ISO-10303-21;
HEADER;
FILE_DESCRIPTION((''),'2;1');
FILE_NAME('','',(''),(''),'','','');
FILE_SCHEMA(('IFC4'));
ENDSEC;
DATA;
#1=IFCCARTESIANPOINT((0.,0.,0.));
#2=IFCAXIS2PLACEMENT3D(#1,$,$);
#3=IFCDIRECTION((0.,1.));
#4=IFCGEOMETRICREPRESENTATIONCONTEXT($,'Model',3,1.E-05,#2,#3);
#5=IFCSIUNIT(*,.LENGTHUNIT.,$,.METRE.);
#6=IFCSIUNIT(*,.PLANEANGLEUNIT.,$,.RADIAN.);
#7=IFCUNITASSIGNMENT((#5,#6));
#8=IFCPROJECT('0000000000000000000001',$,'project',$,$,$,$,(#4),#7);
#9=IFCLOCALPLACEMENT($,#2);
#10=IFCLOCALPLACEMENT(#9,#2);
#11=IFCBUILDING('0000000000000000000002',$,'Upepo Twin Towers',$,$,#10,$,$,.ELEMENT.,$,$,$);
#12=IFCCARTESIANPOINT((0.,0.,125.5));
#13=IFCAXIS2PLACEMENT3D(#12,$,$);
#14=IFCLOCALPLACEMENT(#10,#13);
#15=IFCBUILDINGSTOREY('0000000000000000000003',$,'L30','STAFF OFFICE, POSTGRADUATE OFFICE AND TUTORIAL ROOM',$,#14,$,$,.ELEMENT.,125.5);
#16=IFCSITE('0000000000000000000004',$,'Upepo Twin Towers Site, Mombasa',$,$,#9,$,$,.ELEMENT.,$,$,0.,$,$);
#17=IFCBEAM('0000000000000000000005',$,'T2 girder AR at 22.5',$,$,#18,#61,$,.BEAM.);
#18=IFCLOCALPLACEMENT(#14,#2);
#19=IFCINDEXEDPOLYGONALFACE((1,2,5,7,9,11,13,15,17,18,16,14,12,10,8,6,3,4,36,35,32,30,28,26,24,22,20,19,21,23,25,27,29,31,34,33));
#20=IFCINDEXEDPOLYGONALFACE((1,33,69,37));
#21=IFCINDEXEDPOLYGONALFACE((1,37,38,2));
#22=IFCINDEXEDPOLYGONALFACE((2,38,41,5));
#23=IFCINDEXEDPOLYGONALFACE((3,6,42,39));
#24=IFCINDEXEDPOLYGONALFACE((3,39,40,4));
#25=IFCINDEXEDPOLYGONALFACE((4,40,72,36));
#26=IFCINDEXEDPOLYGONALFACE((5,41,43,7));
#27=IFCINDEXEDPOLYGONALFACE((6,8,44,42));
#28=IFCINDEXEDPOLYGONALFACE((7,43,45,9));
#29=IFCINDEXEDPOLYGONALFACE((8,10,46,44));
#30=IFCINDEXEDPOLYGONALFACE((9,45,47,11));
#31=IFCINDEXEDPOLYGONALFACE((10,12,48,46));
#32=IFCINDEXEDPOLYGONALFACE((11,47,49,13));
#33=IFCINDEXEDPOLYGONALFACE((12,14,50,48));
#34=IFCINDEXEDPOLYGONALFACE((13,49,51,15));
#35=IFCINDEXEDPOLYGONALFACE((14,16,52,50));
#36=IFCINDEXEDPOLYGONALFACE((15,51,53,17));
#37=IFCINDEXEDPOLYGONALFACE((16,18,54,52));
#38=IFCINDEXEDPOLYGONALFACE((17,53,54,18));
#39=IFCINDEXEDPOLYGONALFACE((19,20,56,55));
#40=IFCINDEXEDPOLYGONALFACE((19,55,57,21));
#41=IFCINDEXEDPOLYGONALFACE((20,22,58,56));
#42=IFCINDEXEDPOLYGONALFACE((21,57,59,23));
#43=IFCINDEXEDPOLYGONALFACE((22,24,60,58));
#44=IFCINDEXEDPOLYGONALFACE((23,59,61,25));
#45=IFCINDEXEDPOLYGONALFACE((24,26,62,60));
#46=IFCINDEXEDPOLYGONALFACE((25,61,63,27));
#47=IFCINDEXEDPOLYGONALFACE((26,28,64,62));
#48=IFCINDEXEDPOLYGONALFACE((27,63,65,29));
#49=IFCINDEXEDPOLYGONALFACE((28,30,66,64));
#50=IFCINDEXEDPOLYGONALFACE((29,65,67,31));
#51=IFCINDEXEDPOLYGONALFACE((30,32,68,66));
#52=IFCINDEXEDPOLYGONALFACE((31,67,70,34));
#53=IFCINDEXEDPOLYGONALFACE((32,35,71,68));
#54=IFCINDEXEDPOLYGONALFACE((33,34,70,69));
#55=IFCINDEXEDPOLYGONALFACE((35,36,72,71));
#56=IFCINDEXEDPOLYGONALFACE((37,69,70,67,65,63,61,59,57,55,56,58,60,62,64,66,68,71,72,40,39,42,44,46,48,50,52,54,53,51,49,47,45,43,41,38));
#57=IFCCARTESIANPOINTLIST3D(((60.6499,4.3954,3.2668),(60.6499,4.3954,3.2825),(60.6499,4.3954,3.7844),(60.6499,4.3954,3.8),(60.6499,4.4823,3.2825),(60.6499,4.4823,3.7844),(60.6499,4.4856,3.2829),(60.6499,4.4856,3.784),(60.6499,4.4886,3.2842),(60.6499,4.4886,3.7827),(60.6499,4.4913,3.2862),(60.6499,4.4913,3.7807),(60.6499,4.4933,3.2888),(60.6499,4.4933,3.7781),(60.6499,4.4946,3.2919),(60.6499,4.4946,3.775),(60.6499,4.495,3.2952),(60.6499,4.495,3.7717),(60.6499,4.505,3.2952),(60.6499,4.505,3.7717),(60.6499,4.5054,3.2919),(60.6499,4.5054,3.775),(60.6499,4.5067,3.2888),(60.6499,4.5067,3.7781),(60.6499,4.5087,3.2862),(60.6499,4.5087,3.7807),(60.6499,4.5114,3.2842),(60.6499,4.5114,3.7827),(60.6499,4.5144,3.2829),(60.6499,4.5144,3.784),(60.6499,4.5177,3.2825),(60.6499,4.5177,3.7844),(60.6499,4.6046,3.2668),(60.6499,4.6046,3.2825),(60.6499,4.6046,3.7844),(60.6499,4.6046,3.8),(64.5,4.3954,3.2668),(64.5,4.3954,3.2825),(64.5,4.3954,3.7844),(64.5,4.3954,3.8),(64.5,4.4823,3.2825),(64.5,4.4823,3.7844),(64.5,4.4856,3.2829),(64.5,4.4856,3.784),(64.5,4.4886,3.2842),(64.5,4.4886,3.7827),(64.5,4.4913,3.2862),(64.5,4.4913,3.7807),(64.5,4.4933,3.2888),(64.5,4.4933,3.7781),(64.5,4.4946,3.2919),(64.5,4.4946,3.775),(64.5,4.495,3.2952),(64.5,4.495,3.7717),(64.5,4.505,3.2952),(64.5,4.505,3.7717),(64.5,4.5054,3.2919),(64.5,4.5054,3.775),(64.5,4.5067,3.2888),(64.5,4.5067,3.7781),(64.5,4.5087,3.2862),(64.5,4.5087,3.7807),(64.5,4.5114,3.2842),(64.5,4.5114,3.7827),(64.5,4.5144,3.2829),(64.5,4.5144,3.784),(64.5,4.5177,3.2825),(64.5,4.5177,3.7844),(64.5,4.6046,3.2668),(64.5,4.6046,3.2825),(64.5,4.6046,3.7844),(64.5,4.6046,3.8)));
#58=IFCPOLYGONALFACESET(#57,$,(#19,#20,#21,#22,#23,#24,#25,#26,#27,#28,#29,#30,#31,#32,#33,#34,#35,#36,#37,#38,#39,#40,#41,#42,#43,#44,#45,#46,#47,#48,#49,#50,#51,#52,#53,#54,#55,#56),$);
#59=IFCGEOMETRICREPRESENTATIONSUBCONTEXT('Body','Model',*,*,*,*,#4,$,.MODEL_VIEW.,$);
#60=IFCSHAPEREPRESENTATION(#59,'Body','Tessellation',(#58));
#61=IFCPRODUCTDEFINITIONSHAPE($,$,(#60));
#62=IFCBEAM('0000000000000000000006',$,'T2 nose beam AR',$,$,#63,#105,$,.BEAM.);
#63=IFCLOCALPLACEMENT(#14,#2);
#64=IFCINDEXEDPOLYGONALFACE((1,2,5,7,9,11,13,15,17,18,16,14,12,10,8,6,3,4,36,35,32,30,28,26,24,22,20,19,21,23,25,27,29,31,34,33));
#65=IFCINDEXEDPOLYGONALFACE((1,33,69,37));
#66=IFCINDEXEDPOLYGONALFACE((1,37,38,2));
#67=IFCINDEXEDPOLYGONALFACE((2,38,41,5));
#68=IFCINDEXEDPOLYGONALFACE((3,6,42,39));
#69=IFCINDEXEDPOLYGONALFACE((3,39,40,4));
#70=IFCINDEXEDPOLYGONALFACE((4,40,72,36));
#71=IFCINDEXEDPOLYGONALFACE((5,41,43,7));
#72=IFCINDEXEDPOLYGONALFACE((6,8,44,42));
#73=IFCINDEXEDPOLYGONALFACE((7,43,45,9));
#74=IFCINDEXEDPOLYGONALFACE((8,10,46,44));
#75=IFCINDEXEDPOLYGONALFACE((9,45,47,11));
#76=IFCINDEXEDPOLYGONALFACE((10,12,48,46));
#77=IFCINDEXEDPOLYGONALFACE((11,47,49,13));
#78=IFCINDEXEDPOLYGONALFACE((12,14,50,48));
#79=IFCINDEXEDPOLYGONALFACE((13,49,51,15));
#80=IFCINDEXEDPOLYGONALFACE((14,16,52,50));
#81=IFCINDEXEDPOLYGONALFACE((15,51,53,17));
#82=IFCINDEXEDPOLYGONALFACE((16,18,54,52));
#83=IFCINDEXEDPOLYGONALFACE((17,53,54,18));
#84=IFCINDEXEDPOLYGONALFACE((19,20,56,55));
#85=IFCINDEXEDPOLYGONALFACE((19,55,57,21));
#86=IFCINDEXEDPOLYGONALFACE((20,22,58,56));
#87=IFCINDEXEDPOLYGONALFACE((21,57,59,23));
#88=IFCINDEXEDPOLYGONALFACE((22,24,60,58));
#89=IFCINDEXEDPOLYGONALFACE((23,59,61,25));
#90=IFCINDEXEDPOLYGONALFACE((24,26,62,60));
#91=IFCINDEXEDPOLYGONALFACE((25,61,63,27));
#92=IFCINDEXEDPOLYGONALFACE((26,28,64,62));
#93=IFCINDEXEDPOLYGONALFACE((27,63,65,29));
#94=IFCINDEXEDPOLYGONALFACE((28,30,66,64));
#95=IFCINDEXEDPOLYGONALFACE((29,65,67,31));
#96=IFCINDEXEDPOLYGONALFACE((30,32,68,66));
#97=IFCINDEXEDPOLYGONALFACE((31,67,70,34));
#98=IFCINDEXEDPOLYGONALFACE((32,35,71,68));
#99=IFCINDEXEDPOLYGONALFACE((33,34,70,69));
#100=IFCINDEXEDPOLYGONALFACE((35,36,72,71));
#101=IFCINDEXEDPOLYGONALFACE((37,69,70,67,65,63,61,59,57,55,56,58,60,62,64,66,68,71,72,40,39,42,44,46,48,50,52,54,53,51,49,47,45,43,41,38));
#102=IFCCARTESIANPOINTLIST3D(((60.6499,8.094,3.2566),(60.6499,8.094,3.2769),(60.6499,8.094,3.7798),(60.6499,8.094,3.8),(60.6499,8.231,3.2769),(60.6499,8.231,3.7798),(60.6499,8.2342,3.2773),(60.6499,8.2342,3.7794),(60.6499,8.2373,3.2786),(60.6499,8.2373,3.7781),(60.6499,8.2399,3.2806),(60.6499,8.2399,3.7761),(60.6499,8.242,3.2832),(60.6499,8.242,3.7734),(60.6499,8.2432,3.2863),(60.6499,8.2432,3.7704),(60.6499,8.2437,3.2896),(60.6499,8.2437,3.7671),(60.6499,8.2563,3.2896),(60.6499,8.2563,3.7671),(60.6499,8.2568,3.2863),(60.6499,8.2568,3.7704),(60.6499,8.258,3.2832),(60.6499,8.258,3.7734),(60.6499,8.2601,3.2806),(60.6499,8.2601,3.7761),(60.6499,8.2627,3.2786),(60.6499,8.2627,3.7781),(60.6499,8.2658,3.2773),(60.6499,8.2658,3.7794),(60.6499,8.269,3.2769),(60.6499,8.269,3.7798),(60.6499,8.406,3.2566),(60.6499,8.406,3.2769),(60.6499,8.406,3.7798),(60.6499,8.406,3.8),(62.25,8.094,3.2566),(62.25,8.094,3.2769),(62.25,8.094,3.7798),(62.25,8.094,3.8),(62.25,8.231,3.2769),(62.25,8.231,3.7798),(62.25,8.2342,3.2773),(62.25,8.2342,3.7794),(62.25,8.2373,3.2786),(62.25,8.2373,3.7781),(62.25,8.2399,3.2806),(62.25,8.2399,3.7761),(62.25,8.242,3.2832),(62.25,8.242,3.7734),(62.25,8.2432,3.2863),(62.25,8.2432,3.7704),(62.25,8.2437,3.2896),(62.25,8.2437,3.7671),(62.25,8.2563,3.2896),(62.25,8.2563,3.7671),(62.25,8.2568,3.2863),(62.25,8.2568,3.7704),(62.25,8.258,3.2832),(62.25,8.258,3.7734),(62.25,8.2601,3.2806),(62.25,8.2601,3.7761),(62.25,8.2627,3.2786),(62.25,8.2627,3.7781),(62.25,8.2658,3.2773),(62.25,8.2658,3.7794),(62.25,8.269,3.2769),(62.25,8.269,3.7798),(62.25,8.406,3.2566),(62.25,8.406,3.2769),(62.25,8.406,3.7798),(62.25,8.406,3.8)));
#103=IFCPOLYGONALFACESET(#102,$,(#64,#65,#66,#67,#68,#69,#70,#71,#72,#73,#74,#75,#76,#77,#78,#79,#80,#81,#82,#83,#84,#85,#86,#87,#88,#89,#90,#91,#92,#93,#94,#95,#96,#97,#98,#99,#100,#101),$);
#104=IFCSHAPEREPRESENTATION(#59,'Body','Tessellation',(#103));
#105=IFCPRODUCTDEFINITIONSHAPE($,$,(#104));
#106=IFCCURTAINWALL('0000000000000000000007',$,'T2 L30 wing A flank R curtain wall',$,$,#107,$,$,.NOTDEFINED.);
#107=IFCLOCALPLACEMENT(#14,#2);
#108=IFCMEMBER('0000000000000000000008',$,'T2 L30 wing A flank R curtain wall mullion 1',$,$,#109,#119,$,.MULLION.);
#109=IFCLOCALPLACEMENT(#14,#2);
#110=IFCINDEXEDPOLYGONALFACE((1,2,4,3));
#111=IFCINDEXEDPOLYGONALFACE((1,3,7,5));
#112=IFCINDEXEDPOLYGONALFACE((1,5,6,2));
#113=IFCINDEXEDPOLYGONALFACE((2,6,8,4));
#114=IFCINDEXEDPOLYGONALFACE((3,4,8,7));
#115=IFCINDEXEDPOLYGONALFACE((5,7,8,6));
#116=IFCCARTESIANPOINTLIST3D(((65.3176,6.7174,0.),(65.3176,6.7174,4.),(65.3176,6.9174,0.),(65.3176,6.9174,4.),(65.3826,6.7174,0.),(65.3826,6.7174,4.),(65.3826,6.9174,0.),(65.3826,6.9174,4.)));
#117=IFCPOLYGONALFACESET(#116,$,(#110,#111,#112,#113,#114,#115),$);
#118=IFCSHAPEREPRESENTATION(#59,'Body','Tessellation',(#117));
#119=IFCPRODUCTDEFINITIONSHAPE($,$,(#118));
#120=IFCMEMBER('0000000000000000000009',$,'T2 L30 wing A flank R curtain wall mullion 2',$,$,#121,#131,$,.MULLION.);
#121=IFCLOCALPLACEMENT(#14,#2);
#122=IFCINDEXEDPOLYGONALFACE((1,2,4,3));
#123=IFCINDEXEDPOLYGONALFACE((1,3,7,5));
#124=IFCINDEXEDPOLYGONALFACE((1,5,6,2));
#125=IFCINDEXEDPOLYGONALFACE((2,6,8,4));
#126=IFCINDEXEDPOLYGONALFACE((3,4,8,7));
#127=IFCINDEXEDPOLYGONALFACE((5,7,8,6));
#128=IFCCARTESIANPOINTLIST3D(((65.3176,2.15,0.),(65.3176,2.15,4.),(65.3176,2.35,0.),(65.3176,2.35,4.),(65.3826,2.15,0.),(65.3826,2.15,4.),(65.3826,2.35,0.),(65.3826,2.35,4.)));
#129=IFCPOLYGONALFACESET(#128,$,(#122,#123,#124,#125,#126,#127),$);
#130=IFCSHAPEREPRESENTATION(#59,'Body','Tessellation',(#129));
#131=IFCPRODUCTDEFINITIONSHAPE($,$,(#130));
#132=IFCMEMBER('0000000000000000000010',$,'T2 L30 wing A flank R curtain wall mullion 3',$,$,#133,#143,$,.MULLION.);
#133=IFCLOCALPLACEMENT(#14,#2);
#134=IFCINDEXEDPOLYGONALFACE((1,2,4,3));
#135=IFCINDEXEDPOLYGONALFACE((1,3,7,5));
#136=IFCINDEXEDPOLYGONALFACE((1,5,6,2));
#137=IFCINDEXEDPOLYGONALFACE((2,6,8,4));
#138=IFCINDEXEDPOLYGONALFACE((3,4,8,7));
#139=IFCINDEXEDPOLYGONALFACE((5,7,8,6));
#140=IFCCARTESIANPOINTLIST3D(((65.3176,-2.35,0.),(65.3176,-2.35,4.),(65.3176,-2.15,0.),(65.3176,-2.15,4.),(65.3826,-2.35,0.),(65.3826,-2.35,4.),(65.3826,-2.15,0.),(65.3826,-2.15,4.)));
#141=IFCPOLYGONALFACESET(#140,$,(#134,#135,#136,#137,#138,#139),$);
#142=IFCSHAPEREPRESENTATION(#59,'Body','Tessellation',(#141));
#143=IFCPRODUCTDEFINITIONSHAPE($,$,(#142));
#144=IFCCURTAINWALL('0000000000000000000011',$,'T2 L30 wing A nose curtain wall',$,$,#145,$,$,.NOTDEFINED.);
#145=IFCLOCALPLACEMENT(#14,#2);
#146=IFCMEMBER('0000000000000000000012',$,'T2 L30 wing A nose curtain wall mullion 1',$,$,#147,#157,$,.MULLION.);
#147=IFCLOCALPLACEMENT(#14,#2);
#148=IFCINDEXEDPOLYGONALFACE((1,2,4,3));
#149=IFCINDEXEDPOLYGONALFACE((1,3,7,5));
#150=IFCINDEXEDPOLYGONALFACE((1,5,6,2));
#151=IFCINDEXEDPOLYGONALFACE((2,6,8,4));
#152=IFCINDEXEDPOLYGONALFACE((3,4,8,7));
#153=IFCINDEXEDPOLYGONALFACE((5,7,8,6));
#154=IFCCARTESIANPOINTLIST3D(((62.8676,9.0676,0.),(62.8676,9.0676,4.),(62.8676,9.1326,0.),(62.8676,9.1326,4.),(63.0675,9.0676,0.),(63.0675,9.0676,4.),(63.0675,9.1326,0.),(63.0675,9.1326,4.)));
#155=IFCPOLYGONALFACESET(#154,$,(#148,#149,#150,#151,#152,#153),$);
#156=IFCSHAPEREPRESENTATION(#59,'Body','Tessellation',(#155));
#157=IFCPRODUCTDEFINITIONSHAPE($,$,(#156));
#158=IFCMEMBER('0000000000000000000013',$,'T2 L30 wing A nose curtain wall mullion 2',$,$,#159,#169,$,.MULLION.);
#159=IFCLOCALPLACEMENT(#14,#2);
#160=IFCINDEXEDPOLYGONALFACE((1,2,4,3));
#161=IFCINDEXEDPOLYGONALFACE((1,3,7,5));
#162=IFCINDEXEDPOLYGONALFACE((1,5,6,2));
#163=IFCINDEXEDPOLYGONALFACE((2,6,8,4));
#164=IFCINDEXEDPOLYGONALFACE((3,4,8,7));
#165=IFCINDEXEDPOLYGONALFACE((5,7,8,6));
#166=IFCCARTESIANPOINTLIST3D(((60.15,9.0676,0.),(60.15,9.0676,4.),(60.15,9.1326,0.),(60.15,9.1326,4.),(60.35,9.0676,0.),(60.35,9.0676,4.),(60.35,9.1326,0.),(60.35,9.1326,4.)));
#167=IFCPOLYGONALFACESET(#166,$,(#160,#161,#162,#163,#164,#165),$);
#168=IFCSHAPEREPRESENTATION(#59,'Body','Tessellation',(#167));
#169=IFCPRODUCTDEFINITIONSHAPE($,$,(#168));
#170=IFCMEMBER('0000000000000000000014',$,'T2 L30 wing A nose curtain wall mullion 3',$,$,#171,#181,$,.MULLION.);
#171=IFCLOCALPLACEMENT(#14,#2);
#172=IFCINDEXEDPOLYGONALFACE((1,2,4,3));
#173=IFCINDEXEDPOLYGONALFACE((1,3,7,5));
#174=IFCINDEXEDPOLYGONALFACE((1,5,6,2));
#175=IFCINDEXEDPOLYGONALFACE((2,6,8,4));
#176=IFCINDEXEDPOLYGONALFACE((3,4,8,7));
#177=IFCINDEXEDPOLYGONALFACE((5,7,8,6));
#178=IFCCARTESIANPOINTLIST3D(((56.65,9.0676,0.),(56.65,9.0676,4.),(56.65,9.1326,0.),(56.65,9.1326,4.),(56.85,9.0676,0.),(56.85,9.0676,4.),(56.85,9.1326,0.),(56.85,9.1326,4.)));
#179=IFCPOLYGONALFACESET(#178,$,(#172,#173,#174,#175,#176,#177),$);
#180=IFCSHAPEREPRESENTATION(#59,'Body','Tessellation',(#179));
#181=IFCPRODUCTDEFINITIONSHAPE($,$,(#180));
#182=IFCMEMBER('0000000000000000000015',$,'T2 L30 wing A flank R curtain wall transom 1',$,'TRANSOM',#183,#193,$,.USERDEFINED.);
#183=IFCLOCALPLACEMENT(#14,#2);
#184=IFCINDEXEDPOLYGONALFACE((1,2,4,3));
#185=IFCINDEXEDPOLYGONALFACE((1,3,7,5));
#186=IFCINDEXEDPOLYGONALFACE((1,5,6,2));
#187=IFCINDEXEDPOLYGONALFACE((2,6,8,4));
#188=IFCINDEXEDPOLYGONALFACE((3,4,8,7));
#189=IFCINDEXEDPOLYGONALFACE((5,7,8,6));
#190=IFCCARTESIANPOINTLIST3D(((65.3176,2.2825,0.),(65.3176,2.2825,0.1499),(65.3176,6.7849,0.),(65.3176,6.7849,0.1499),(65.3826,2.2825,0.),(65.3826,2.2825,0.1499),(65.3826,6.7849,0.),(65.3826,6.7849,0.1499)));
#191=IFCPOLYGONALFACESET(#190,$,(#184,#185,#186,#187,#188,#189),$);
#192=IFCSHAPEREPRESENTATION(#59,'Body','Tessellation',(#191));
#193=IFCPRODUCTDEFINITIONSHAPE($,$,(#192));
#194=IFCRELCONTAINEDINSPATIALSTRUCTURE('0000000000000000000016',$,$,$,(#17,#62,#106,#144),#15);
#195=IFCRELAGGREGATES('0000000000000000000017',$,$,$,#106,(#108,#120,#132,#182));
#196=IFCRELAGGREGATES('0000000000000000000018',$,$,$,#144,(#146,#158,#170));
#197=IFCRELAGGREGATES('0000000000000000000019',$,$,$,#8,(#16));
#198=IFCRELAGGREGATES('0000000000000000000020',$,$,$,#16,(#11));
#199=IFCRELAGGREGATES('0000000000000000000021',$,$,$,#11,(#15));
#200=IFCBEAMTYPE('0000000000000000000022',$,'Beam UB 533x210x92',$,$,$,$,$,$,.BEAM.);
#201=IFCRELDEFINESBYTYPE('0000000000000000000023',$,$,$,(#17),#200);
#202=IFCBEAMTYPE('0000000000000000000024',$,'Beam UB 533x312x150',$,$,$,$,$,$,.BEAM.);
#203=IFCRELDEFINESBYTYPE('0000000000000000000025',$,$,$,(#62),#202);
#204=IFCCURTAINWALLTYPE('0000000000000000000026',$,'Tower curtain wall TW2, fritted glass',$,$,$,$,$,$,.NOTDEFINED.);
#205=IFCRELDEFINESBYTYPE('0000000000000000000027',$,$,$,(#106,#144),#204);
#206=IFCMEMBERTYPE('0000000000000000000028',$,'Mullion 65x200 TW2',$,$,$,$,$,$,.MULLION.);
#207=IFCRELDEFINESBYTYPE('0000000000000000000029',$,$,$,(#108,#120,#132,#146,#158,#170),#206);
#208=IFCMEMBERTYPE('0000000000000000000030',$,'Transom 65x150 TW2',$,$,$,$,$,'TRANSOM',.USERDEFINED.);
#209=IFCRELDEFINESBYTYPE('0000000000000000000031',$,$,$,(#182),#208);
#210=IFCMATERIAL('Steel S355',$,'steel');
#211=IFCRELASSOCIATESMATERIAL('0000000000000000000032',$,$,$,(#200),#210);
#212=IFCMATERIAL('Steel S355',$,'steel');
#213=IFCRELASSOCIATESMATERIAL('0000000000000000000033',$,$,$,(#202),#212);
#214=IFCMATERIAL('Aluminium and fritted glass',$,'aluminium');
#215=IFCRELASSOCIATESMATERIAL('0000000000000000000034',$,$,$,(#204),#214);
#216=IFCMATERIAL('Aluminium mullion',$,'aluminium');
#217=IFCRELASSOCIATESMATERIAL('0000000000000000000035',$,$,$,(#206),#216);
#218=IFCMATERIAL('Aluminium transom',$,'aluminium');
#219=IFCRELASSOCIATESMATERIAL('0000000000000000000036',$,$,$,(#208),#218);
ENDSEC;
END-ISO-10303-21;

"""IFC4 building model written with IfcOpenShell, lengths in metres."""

from ifc_helpers import new_model, si_unit, direction, frame, origin, origin_2d, place, context, subcontext, project, spatial, rectangle, i_section, extrude, material, material_profile, profile_set, type_object, element, aggregate, save


model = new_model("IFC4")

# Units and contexts
model_context = context("Model", 3, precision=1e-05, world=origin(), true_north=direction((0.0, 1.0)))
body_context = subcontext(model_context, "Body", "Model", "MODEL_VIEW")
ifc_project = project(units=[si_unit("LENGTHUNIT", "METRE"), si_unit("PLANEANGLEUNIT", "RADIAN")], contexts=[model_context])

# Site, building, storey
site_placement = place(None, origin())
site = spatial("IfcSite", under=ifc_project, at=site_placement, Name="Upepo Twin Towers Site, Mombasa", CompositionType="ELEMENT", RefElevation=0.0)
building_placement = place(site_placement, origin())
building = spatial("IfcBuilding", under=site, at=building_placement, Name="Upepo Twin Towers", CompositionType="ELEMENT")
storey_placement = place(building_placement, frame((0.0, 0.0, 125.5)))
storey = spatial("IfcBuildingStorey", under=building, at=storey_placement, Name="L30", Description="STAFF OFFICE, POSTGRADUATE OFFICE AND TUTORIAL ROOM", CompositionType="ELEMENT", Elevation=125.5)

# Beams
ifc_material_1 = material(Name="Steel S355", Category="steel")
ifc_material_profile_1 = material_profile(ifc_material_1, i_section(OverallWidth=0.2092, OverallDepth=0.5332, WebThickness=0.01, FlangeThickness=0.0156, FilletRadius=0.0127, at=origin_2d()), Name="UB 533x210x92")
ifc_profile_set_1 = profile_set([ifc_material_profile_1], Name="Steel S355")
beam_type_1 = type_object("IfcBeamType", Name="Beam UB 533x210x92", PredefinedType="BEAM", material=ifc_profile_set_1)
for number, where, z_axis, x_axis, name in (
    (1, (64.5, 4.5, 3.5334), (-1.0, 0.0, 0.0), (0.0, -1.0, 0.0), "T2 girder AR at 22.5"),
):
    element("IfcBeam", number, at=place(storey_placement, frame(where, z_axis=z_axis, x_axis=x_axis)), inside=storey, type_object=beam_type_1, Name=name, PredefinedType="BEAM", context=body_context, shape_type="SweptSolid", body=[
        extrude(i_section(OverallWidth=0.2092, OverallDepth=0.5332, WebThickness=0.01, FlangeThickness=0.0156, FilletRadius=0.0127, at=origin_2d()), origin(), (0.0, 0.0, 1.0), 3.8501),
    ])
ifc_material_2 = material(Name="Steel S355", Category="steel")
ifc_material_profile_2 = material_profile(ifc_material_2, i_section(OverallWidth=0.312, OverallDepth=0.5435, WebThickness=0.0127, FlangeThickness=0.0203, FilletRadius=0.0127, at=origin_2d()), Name="UB 533x312x150")
ifc_profile_set_2 = profile_set([ifc_material_profile_2], Name="Steel S355")
beam_type_2 = type_object("IfcBeamType", Name="Beam UB 533x312x150", PredefinedType="BEAM", material=ifc_profile_set_2)
beam_1_placement = place(storey_placement, frame((62.25, 8.25, 3.5283), z_axis=(-1.0, 0.0, 0.0), x_axis=(0.0, -1.0, 0.0)))
element("IfcBeam", 2, at=beam_1_placement, inside=storey, type_object=beam_type_2, Name="T2 nose beam AR", PredefinedType="BEAM", context=body_context, shape_type="SweptSolid", body=[
    extrude(i_section(OverallWidth=0.312, OverallDepth=0.5435, WebThickness=0.0127, FlangeThickness=0.0203, FilletRadius=0.0127, at=origin_2d()), origin(), (0.0, 0.0, 1.0), 1.6001),
])

# Curtain walls, members
ifc_material_3 = material(Name="Aluminium and fritted glass", Category="aluminium")
curtain_wall_type = type_object("IfcCurtainWallType", Name="Tower curtain wall TW2, fritted glass", PredefinedType="NOTDEFINED", material=ifc_material_3)
curtain_wall_1_placement = place(storey_placement, origin())
curtain_wall_1 = element("IfcCurtainWall", 3, at=curtain_wall_1_placement, inside=storey, type_object=curtain_wall_type, Name="T2 L30 wing A flank R curtain wall", PredefinedType="NOTDEFINED")
ifc_material_4 = material(Name="Aluminium mullion", Category="aluminium")
ifc_material_profile_3 = material_profile(ifc_material_4, rectangle(XDim=0.0649, YDim=0.2, at=origin_2d()), Name="MULLION 65x200")
ifc_profile_set_3 = profile_set([ifc_material_profile_3], Name="Aluminium mullion")
member_type_1 = type_object("IfcMemberType", Name="Mullion 65x200 TW2", PredefinedType="MULLION", material=ifc_profile_set_3)
member_1_placement = place(storey_placement, frame((65.3501, 6.8174, 0.0), z_axis=(0.0, 0.0, 1.0), x_axis=(1.0, 0.0, 0.0)))
member_1 = element("IfcMember", 4, at=member_1_placement, type_object=member_type_1, Name="T2 L30 wing A flank R curtain wall mullion 1", PredefinedType="MULLION", context=body_context, shape_type="SweptSolid", body=[
    extrude(rectangle(XDim=0.0649, YDim=0.2, at=origin_2d()), origin(), (0.0, 0.0, 1.0), 4.0),
])
member_2_placement = place(storey_placement, frame((65.3501, 2.25, 0.0), z_axis=(0.0, 0.0, 1.0), x_axis=(1.0, 0.0, 0.0)))
member_2 = element("IfcMember", 5, at=member_2_placement, type_object=member_type_1, Name="T2 L30 wing A flank R curtain wall mullion 2", PredefinedType="MULLION", context=body_context, shape_type="SweptSolid", body=[
    extrude(rectangle(XDim=0.0649, YDim=0.2, at=origin_2d()), origin(), (0.0, 0.0, 1.0), 4.0),
])
member_3_placement = place(storey_placement, frame((65.3501, -2.25, 0.0), z_axis=(0.0, 0.0, 1.0), x_axis=(1.0, 0.0, 0.0)))
member_3 = element("IfcMember", 6, at=member_3_placement, type_object=member_type_1, Name="T2 L30 wing A flank R curtain wall mullion 3", PredefinedType="MULLION", context=body_context, shape_type="SweptSolid", body=[
    extrude(rectangle(XDim=0.0649, YDim=0.2, at=origin_2d()), origin(), (0.0, 0.0, 1.0), 4.0),
])
curtain_wall_2_placement = place(storey_placement, origin())
curtain_wall_2 = element("IfcCurtainWall", 7, at=curtain_wall_2_placement, inside=storey, type_object=curtain_wall_type, Name="T2 L30 wing A nose curtain wall", PredefinedType="NOTDEFINED")
member_4_placement = place(storey_placement, frame((62.9675, 9.1001, 0.0), z_axis=(0.0, 0.0, 1.0), x_axis=(0.0, -1.0, 0.0)))
member_4 = element("IfcMember", 8, at=member_4_placement, type_object=member_type_1, Name="T2 L30 wing A nose curtain wall mullion 1", PredefinedType="MULLION", context=body_context, shape_type="SweptSolid", body=[
    extrude(rectangle(XDim=0.0649, YDim=0.2, at=origin_2d()), origin(), (0.0, 0.0, 1.0), 4.0),
])
member_5_placement = place(storey_placement, frame((60.25, 9.1001, 0.0), z_axis=(0.0, 0.0, 1.0), x_axis=(0.0, -1.0, 0.0)))
member_5 = element("IfcMember", 9, at=member_5_placement, type_object=member_type_1, Name="T2 L30 wing A nose curtain wall mullion 2", PredefinedType="MULLION", context=body_context, shape_type="SweptSolid", body=[
    extrude(rectangle(XDim=0.0649, YDim=0.2, at=origin_2d()), origin(), (0.0, 0.0, 1.0), 4.0),
])
member_6_placement = place(storey_placement, frame((56.75, 9.1001, 0.0), z_axis=(0.0, 0.0, 1.0), x_axis=(0.0, -1.0, 0.0)))
member_6 = element("IfcMember", 10, at=member_6_placement, type_object=member_type_1, Name="T2 L30 wing A nose curtain wall mullion 3", PredefinedType="MULLION", context=body_context, shape_type="SweptSolid", body=[
    extrude(rectangle(XDim=0.0649, YDim=0.2, at=origin_2d()), origin(), (0.0, 0.0, 1.0), 4.0),
])

# Member
ifc_material_5 = material(Name="Aluminium transom", Category="aluminium")
ifc_material_profile_4 = material_profile(ifc_material_5, rectangle(XDim=0.0649, YDim=0.1499, at=origin_2d()), Name="TRANSOM 65x150")
ifc_profile_set_4 = profile_set([ifc_material_profile_4], Name="Aluminium transom")
member_type_2 = type_object("IfcMemberType", Name="Transom 65x150 TW2", ElementType="TRANSOM", PredefinedType="USERDEFINED", material=ifc_profile_set_4)
member_7_placement = place(storey_placement, frame((65.3501, 6.7849, 0.075), z_axis=(0.0, -1.0, 0.0), x_axis=(1.0, 0.0, 0.0)))
member_7 = element("IfcMember", 11, at=member_7_placement, type_object=member_type_2, Name="T2 L30 wing A flank R curtain wall transom 1", ObjectType="TRANSOM", PredefinedType="USERDEFINED", context=body_context, shape_type="SweptSolid", body=[
    extrude(rectangle(XDim=0.0649, YDim=0.1499, at=origin_2d()), origin(), (0.0, 0.0, 1.0), 4.5024),
])

aggregate(curtain_wall_1, [member_1, member_2, member_3, member_7])
aggregate(curtain_wall_2, [member_4, member_5, member_6])

save(model, "model.ifc")
